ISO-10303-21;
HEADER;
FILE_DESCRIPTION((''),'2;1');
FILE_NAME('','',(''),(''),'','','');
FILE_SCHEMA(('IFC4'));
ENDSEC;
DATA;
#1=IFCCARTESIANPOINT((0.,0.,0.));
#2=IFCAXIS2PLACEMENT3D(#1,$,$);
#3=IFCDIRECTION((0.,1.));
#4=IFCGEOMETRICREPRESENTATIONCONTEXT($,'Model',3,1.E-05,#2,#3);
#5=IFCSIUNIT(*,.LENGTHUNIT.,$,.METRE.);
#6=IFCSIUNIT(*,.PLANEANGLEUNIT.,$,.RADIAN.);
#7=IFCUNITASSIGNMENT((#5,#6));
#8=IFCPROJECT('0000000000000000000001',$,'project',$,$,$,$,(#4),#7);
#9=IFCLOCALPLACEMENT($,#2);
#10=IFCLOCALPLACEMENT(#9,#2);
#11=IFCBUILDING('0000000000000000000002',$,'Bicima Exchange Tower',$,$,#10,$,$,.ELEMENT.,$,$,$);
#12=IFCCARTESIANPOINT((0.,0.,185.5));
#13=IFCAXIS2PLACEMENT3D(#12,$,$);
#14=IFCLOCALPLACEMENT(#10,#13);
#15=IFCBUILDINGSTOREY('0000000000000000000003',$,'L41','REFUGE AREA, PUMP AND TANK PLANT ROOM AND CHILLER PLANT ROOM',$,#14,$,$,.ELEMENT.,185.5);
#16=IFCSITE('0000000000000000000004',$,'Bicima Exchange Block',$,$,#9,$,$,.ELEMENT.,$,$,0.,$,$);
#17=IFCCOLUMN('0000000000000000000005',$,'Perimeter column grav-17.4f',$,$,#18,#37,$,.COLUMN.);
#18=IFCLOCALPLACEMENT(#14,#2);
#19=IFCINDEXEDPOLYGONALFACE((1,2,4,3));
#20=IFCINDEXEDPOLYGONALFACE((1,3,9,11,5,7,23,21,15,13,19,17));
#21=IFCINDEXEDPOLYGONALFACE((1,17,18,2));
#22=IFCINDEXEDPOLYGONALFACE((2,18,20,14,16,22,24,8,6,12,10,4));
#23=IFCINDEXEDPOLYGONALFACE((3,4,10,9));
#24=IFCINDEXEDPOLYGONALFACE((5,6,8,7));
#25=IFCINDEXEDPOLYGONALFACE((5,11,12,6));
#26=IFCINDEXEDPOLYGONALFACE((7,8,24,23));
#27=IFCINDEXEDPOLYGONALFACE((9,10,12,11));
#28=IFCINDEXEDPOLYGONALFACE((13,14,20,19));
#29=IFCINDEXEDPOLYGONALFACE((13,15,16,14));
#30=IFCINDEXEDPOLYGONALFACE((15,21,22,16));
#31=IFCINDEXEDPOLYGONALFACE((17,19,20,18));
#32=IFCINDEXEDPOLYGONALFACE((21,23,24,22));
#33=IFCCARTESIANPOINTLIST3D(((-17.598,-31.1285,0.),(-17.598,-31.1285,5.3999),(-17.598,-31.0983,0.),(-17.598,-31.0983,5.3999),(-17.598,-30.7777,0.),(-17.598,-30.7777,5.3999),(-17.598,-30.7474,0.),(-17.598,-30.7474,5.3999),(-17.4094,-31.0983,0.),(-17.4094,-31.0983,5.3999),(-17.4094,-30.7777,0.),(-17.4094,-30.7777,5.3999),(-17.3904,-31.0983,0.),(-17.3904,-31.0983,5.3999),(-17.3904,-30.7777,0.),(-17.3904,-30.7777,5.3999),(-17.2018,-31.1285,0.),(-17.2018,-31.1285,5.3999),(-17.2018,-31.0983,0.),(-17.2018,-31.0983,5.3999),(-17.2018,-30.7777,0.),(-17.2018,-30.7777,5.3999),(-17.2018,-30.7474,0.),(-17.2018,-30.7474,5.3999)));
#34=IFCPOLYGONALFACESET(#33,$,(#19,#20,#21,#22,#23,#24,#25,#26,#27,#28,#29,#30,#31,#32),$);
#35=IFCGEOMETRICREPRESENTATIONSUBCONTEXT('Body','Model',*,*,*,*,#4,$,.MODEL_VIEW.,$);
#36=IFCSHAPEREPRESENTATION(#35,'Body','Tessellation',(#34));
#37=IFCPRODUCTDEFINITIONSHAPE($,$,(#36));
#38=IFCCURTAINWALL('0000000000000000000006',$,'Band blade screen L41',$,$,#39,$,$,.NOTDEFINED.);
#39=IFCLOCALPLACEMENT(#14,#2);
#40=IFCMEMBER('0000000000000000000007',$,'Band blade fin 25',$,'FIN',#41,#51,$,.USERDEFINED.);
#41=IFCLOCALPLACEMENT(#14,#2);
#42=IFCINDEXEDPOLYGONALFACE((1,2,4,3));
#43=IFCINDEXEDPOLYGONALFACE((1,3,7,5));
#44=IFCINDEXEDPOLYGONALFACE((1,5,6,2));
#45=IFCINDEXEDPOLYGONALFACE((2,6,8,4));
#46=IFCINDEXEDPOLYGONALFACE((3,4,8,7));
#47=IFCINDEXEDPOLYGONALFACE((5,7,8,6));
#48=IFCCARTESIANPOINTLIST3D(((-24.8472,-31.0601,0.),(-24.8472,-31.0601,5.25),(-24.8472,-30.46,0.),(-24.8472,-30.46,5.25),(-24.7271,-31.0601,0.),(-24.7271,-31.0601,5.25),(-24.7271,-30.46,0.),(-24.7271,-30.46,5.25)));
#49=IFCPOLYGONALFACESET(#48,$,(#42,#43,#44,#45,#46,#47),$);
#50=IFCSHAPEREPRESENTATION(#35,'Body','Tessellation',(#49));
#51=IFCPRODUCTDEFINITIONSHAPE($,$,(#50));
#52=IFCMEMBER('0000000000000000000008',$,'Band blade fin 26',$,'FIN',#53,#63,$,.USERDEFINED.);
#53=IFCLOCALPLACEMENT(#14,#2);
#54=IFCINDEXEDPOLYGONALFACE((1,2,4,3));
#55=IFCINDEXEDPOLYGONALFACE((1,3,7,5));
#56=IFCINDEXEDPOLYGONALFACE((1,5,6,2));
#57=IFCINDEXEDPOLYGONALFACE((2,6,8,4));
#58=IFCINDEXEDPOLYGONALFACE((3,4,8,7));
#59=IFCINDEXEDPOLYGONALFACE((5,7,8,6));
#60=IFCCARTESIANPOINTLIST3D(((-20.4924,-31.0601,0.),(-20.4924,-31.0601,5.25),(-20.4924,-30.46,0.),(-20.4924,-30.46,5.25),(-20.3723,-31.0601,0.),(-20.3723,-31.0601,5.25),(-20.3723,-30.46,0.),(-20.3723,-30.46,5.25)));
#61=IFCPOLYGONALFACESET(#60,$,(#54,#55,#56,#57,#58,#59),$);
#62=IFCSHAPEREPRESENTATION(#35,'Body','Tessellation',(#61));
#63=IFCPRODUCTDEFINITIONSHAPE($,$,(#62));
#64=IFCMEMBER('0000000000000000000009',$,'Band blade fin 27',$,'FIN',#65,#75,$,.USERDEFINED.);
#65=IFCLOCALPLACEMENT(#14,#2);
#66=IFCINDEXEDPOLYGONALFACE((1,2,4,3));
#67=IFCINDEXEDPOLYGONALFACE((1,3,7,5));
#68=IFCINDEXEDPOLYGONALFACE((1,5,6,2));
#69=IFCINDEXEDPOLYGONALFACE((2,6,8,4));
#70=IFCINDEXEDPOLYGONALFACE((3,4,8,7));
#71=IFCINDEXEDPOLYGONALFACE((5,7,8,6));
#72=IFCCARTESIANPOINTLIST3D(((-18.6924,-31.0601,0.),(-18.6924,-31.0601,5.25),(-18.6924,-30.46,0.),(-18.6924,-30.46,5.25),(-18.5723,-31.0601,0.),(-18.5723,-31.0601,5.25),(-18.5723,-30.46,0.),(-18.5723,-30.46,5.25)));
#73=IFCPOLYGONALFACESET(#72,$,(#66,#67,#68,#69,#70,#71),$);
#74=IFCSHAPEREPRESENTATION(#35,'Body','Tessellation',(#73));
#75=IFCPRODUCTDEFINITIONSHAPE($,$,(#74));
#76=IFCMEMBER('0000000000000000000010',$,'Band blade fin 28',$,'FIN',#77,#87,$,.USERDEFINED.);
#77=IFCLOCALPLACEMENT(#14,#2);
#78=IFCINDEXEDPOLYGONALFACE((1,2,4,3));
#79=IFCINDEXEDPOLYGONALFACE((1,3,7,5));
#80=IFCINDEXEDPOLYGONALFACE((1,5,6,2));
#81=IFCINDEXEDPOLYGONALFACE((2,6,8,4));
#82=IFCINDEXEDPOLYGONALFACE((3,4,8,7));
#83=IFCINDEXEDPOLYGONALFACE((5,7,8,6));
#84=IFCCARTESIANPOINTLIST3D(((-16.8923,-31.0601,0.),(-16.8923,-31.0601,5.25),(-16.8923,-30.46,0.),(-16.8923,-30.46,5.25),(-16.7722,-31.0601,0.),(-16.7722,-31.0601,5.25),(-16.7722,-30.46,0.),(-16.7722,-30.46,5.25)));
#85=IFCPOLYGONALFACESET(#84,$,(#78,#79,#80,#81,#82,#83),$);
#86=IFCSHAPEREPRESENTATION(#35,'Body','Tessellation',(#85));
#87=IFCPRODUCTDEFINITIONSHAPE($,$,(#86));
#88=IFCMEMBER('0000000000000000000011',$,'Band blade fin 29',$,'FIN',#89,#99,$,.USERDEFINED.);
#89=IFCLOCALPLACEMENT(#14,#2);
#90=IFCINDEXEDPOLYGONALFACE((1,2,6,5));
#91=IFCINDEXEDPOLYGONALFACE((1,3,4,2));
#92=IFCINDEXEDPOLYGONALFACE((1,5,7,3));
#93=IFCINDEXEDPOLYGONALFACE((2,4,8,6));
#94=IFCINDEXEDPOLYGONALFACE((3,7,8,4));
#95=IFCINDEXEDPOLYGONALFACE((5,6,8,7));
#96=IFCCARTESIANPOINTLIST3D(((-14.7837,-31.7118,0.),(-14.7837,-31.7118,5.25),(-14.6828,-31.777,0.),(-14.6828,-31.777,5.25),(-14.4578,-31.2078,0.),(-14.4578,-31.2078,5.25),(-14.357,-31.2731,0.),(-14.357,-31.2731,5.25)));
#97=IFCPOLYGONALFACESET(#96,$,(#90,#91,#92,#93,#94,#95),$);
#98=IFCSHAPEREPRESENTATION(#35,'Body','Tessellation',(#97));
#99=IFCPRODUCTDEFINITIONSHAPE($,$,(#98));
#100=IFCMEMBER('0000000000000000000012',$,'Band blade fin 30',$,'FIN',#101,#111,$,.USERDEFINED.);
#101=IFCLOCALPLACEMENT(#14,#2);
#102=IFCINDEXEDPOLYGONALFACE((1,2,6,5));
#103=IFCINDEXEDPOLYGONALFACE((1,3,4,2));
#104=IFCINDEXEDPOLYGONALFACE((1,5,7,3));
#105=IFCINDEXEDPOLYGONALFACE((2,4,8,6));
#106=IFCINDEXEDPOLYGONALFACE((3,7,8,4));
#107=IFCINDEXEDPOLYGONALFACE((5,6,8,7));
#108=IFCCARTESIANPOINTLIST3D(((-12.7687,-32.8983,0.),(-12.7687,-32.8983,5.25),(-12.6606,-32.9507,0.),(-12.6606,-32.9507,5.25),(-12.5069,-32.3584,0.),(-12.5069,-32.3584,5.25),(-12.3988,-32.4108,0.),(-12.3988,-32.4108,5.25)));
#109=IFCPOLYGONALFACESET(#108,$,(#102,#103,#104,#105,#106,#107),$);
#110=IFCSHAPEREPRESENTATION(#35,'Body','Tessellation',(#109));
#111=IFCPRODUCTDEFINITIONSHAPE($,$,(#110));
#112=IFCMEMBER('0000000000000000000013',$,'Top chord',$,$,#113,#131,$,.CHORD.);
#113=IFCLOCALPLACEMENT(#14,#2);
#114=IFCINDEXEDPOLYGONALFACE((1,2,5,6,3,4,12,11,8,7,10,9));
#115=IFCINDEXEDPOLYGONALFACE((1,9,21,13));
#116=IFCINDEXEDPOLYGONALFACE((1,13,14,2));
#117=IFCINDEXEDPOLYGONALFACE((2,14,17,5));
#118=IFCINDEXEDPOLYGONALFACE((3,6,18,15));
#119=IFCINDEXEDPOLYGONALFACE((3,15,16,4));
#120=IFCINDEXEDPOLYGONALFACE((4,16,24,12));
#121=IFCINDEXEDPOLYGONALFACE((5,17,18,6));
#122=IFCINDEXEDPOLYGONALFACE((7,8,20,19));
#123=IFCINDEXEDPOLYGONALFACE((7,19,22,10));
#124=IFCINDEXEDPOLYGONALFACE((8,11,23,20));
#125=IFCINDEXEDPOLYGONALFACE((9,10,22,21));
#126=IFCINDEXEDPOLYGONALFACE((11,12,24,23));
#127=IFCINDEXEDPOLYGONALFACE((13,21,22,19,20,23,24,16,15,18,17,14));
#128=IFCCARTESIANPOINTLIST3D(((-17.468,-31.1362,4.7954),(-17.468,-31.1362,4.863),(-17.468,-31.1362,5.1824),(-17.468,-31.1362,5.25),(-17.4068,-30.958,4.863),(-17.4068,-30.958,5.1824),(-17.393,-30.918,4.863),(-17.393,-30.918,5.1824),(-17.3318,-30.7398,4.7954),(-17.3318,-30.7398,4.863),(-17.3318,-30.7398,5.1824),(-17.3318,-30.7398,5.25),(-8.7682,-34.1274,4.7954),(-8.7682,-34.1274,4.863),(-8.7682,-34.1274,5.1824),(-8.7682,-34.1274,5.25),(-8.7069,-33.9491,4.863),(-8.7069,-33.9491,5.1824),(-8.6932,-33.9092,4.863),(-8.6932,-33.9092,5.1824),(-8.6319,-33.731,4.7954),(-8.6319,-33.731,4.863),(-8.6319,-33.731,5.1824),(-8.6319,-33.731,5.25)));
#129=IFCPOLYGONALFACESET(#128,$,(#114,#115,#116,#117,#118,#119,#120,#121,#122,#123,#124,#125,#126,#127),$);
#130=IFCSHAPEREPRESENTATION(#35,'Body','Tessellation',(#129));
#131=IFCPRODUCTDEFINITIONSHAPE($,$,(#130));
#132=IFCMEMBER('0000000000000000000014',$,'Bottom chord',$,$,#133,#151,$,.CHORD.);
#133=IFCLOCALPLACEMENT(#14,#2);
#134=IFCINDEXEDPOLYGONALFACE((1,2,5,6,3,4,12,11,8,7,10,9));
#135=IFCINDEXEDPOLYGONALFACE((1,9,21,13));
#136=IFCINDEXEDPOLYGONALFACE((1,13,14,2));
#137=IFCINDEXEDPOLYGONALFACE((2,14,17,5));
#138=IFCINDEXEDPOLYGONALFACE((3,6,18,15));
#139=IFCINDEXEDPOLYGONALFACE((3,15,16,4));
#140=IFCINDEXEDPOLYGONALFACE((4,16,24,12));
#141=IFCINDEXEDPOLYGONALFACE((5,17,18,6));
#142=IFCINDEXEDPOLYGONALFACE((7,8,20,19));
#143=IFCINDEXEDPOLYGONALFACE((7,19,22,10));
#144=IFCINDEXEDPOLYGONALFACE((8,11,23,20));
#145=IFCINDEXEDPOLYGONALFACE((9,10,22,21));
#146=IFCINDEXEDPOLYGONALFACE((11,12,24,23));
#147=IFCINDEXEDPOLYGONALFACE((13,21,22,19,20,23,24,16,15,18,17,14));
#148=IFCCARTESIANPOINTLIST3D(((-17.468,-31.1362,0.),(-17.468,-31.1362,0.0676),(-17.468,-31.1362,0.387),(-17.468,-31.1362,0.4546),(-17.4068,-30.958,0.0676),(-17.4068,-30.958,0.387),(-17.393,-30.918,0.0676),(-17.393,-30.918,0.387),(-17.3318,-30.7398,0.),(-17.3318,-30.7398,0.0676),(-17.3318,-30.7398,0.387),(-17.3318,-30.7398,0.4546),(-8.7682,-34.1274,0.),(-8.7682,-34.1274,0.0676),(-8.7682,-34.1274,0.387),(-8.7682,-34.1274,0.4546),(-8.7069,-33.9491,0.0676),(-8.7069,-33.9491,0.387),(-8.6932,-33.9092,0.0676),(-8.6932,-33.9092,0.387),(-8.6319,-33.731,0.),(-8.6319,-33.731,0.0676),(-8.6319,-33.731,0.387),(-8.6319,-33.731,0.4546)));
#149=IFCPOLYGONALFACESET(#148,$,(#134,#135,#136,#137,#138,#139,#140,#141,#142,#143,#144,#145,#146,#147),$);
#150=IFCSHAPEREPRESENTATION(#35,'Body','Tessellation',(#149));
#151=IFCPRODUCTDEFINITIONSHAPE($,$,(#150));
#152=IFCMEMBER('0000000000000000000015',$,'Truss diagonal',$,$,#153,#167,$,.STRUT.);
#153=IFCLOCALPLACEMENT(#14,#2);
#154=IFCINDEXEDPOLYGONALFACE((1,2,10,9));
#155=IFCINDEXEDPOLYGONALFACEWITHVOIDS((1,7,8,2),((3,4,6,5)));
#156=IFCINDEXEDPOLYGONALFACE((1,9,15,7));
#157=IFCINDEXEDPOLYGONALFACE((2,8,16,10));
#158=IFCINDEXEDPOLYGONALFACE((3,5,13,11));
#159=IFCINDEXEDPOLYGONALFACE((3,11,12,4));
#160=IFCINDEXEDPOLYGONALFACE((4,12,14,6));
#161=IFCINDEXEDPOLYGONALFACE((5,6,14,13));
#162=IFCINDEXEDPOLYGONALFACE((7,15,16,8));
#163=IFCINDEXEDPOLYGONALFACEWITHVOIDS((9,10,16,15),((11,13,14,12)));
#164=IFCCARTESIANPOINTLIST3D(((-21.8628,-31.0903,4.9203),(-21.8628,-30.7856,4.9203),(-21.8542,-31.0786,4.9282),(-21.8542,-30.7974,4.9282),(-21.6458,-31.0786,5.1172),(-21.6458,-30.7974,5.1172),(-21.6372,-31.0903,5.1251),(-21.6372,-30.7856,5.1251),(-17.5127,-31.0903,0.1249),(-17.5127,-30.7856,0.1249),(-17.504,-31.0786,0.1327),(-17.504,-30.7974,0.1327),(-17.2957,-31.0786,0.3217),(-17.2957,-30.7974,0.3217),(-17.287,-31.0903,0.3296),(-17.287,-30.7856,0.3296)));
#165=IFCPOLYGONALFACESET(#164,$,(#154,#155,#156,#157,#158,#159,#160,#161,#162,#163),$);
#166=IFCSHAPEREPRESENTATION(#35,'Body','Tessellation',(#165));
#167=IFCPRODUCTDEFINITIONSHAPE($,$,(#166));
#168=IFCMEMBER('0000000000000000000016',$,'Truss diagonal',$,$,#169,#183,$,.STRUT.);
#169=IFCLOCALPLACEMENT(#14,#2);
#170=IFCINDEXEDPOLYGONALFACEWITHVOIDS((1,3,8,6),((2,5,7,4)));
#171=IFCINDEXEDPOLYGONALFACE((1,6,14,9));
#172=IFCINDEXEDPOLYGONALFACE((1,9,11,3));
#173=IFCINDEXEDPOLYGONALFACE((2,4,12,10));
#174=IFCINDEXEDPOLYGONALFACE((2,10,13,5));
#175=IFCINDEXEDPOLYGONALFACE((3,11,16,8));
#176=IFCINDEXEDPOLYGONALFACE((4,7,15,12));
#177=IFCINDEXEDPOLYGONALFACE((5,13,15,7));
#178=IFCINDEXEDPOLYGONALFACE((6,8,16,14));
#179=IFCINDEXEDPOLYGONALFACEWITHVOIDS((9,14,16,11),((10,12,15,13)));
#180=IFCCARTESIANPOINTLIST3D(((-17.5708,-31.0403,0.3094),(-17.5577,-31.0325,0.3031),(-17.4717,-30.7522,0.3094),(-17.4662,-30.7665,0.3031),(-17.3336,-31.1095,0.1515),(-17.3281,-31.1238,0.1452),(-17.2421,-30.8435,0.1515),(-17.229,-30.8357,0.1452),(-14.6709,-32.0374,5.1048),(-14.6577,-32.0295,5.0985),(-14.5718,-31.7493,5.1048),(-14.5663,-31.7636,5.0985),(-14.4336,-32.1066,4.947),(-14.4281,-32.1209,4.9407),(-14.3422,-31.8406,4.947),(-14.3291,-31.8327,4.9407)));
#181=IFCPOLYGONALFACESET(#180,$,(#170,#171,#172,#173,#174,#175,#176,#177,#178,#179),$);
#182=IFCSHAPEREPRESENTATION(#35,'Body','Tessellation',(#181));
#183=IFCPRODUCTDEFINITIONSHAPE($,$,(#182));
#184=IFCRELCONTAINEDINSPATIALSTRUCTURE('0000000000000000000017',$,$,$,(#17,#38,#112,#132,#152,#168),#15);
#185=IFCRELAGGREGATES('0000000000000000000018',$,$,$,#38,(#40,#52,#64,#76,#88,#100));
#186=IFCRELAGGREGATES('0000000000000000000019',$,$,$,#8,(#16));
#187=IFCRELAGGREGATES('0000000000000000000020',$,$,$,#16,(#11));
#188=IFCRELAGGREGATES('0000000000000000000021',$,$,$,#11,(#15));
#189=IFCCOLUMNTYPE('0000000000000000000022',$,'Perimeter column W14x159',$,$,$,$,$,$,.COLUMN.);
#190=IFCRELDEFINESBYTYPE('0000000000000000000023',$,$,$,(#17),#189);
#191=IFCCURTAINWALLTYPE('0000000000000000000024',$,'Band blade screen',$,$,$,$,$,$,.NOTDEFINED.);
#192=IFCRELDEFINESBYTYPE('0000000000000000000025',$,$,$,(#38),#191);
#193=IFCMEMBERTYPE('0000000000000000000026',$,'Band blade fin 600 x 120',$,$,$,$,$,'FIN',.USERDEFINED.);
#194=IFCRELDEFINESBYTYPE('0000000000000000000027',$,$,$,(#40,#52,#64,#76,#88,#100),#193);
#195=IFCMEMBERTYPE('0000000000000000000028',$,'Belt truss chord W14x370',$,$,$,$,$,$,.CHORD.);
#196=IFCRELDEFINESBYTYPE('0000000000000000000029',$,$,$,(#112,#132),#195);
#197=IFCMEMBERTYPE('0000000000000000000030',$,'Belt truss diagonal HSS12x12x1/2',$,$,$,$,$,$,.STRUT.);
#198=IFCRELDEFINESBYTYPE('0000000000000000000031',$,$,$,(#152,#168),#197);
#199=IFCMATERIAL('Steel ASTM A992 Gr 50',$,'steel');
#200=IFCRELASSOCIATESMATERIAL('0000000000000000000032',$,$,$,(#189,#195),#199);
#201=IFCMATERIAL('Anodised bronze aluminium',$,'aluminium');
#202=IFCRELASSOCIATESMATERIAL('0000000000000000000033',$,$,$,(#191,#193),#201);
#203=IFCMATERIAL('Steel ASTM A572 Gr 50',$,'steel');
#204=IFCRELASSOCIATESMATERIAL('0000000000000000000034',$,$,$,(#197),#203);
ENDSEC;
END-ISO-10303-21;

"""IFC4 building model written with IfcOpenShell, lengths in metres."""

from ifc_helpers import new_model, si_unit, direction, frame, origin, origin_2d, place, context, subcontext, project, spatial, rectangle, hollow_rectangle, i_section, extrude, material, material_profile, profile_set, type_object, element, aggregate, save


model = new_model("IFC4")

# Units and contexts
model_context = context("Model", 3, precision=1e-05, world=origin(), true_north=direction((0.0, 1.0)))
body_context = subcontext(model_context, "Body", "Model", "MODEL_VIEW")
ifc_project = project(units=[si_unit("LENGTHUNIT", "METRE"), si_unit("PLANEANGLEUNIT", "RADIAN")], contexts=[model_context])

# Site, building, storey
site_placement = place(None, origin())
site = spatial("IfcSite", under=ifc_project, at=site_placement, Name="Bicima Exchange Block", CompositionType="ELEMENT", RefElevation=0.0)
building_placement = place(site_placement, origin())
building = spatial("IfcBuilding", under=site, at=building_placement, Name="Bicima Exchange Tower", CompositionType="ELEMENT")
storey_placement = place(building_placement, frame((0.0, 0.0, 185.5)))
storey = spatial("IfcBuildingStorey", under=building, at=storey_placement, Name="L41", Description="REFUGE AREA, PUMP AND TANK PLANT ROOM AND CHILLER PLANT ROOM", CompositionType="ELEMENT", Elevation=185.5)

# Column
ifc_material_1 = material(Name="Steel ASTM A992 Gr 50", Category="steel")
ifc_material_profile_1 = material_profile(ifc_material_1, i_section(OverallWidth=0.3962, OverallDepth=0.3811, WebThickness=0.019, FlangeThickness=0.0303, at=origin_2d()))
ifc_profile_set_1 = profile_set([ifc_material_profile_1], Name="Steel ASTM A992 Gr 50")
column_type = type_object("IfcColumnType", Name="Perimeter column W14x159", PredefinedType="COLUMN", material=ifc_profile_set_1)
column_placement = place(storey_placement, frame((-17.3999, -30.938, 0.0), z_axis=(0.0, 0.0, 1.0), x_axis=(1.0, 0.0, 0.0)))
element("IfcColumn", 1, at=column_placement, inside=storey, type_object=column_type, Name="Perimeter column grav-17.4f", PredefinedType="COLUMN", context=body_context, shape_type="SweptSolid", body=[
    extrude(i_section(OverallWidth=0.3962, OverallDepth=0.3811, WebThickness=0.019, FlangeThickness=0.0303, at=origin_2d()), origin(), (0.0, 0.0, 1.0), 5.3999),
])

# Curtain wall, members
ifc_material_2 = material(Name="Anodised bronze aluminium", Category="aluminium")
curtain_wall_type = type_object("IfcCurtainWallType", Name="Band blade screen", PredefinedType="NOTDEFINED", material=ifc_material_2)
curtain_wall_placement = place(storey_placement, origin())
curtain_wall = element("IfcCurtainWall", 2, at=curtain_wall_placement, inside=storey, type_object=curtain_wall_type, Name="Band blade screen L41", PredefinedType="NOTDEFINED")
ifc_material_profile_2 = material_profile(ifc_material_2, rectangle(XDim=0.6001, YDim=0.1201, at=origin_2d()))
ifc_profile_set_2 = profile_set([ifc_material_profile_2], Name="Anodised bronze aluminium")
member_type_1 = type_object("IfcMemberType", Name="Band blade fin 600 x 120", ElementType="FIN", PredefinedType="USERDEFINED", material=ifc_profile_set_2)
member_1_placement = place(storey_placement, frame((-24.7871, -30.76, 0.0), z_axis=(0.0, 0.0, 1.0), x_axis=(0.0, 1.0, 0.0)))
member_1 = element("IfcMember", 3, at=member_1_placement, type_object=member_type_1, Name="Band blade fin 25", ObjectType="FIN", PredefinedType="USERDEFINED", context=body_context, shape_type="SweptSolid", body=[
    extrude(rectangle(XDim=0.6001, YDim=0.1201, at=origin_2d()), origin(), (0.0, 0.0, 1.0), 5.25),
])
member_2_placement = place(storey_placement, frame((-20.4324, -30.76, 0.0), z_axis=(0.0, 0.0, 1.0), x_axis=(0.0, 1.0, 0.0)))
member_2 = element("IfcMember", 4, at=member_2_placement, type_object=member_type_1, Name="Band blade fin 26", ObjectType="FIN", PredefinedType="USERDEFINED", context=body_context, shape_type="SweptSolid", body=[
    extrude(rectangle(XDim=0.6001, YDim=0.1201, at=origin_2d()), origin(), (0.0, 0.0, 1.0), 5.25),
])
member_3_placement = place(storey_placement, frame((-18.6323, -30.76, 0.0), z_axis=(0.0, 0.0, 1.0), x_axis=(0.0, 1.0, 0.0)))
member_3 = element("IfcMember", 5, at=member_3_placement, type_object=member_type_1, Name="Band blade fin 27", ObjectType="FIN", PredefinedType="USERDEFINED", context=body_context, shape_type="SweptSolid", body=[
    extrude(rectangle(XDim=0.6001, YDim=0.1201, at=origin_2d()), origin(), (0.0, 0.0, 1.0), 5.25),
])
member_4_placement = place(storey_placement, frame((-16.8323, -30.76, 0.0), z_axis=(0.0, 0.0, 1.0), x_axis=(0.0, 1.0, 0.0)))
member_4 = element("IfcMember", 6, at=member_4_placement, type_object=member_type_1, Name="Band blade fin 28", ObjectType="FIN", PredefinedType="USERDEFINED", context=body_context, shape_type="SweptSolid", body=[
    extrude(rectangle(XDim=0.6001, YDim=0.1201, at=origin_2d()), origin(), (0.0, 0.0, 1.0), 5.25),
])
member_5_placement = place(storey_placement, frame((-14.5703, -31.4924, 0.0), z_axis=(0.0, 0.0, 1.0), x_axis=(0.542917, 0.839787, 0.0)))
member_5 = element("IfcMember", 7, at=member_5_placement, type_object=member_type_1, Name="Band blade fin 29", ObjectType="FIN", PredefinedType="USERDEFINED", context=body_context, shape_type="SweptSolid", body=[
    extrude(rectangle(XDim=0.6001, YDim=0.1201, at=origin_2d()), origin(), (0.0, 0.0, 1.0), 5.25),
])
member_6_placement = place(storey_placement, frame((-12.5837, -32.6545, 0.0), z_axis=(0.0, 0.0, 1.0), x_axis=(0.436287, 0.899808, 0.0)))
member_6 = element("IfcMember", 8, at=member_6_placement, type_object=member_type_1, Name="Band blade fin 30", ObjectType="FIN", PredefinedType="USERDEFINED", context=body_context, shape_type="SweptSolid", body=[
    extrude(rectangle(XDim=0.6001, YDim=0.1201, at=origin_2d()), origin(), (0.0, 0.0, 1.0), 5.25),
])
aggregate(curtain_wall, [member_1, member_2, member_3, member_4, member_5, member_6])

# Members
ifc_material_profile_3 = material_profile(ifc_material_1, i_section(OverallWidth=0.4192, OverallDepth=0.4546, WebThickness=0.0422, FlangeThickness=0.0676, at=origin_2d()))
ifc_profile_set_3 = profile_set([ifc_material_profile_3], Name="Steel ASTM A992 Gr 50")
member_type_2 = type_object("IfcMemberType", Name="Belt truss chord W14x370", PredefinedType="CHORD", material=ifc_profile_set_3)
for number, where, z_axis, x_axis, name in (
    (9, (-17.3999, -30.938, 5.0227), (0.945666, -0.325138, 0.0), (0.325138, 0.945666, 0.0), "Top chord"),
    (10, (-17.3999, -30.938, 0.2273), (0.945666, -0.325138, 0.0), (0.325138, 0.945666, 0.0), "Bottom chord"),
):
    element("IfcMember", number, at=place(storey_placement, frame(where, z_axis=z_axis, x_axis=x_axis)), inside=storey, type_object=member_type_2, Name=name, PredefinedType="CHORD", context=body_context, shape_type="SweptSolid", body=[
        extrude(i_section(OverallWidth=0.4192, OverallDepth=0.4546, WebThickness=0.0422, FlangeThickness=0.0676, at=origin_2d()), origin(), (0.0, 0.0, 1.0), 9.1997),
    ])
ifc_material_3 = material(Name="Steel ASTM A572 Gr 50", Category="steel")
ifc_material_profile_4 = material_profile(ifc_material_3, hollow_rectangle(XDim=0.3047, YDim=0.3047, WallThickness=0.0117, at=origin_2d()))
ifc_profile_set_4 = profile_set([ifc_material_profile_4], Name="Steel ASTM A572 Gr 50")
member_type_3 = type_object("IfcMemberType", Name="Belt truss diagonal HSS12x12x1/2", PredefinedType="STRUT", material=ifc_profile_set_4)
member_7_placement = place(storey_placement, frame((-21.75, -30.938, 5.0227), z_axis=(0.67188, 0.0, -0.74066), x_axis=(0.0, 1.0, 0.0)))
element("IfcMember", 11, at=member_7_placement, inside=storey, type_object=member_type_3, Name="Truss diagonal", PredefinedType="STRUT", context=body_context, shape_type="SweptSolid", body=[
    extrude(hollow_rectangle(XDim=0.3047, YDim=0.3047, WallThickness=0.0117, at=origin_2d()), origin(), (0.0, 0.0, 1.0), 6.4746),
])
for number, where, z_axis, x_axis, name in (
    (12, (-17.3999, -30.938, 0.2273), (0.509465, -0.175169, 0.842474), (0.325147, 0.945664, 0.0), "Truss diagonal"),
):
    element("IfcMember", number, at=place(storey_placement, frame(where, z_axis=z_axis, x_axis=x_axis)), inside=storey, type_object=member_type_3, Name=name, PredefinedType="STRUT", context=body_context, shape_type="SweptSolid", body=[
        extrude(hollow_rectangle(XDim=0.3047, YDim=0.3047, WallThickness=0.0117, at=origin_2d()), origin(), (0.0, 0.0, 1.0), 5.6921),
    ])

save(model, "model.ifc")
